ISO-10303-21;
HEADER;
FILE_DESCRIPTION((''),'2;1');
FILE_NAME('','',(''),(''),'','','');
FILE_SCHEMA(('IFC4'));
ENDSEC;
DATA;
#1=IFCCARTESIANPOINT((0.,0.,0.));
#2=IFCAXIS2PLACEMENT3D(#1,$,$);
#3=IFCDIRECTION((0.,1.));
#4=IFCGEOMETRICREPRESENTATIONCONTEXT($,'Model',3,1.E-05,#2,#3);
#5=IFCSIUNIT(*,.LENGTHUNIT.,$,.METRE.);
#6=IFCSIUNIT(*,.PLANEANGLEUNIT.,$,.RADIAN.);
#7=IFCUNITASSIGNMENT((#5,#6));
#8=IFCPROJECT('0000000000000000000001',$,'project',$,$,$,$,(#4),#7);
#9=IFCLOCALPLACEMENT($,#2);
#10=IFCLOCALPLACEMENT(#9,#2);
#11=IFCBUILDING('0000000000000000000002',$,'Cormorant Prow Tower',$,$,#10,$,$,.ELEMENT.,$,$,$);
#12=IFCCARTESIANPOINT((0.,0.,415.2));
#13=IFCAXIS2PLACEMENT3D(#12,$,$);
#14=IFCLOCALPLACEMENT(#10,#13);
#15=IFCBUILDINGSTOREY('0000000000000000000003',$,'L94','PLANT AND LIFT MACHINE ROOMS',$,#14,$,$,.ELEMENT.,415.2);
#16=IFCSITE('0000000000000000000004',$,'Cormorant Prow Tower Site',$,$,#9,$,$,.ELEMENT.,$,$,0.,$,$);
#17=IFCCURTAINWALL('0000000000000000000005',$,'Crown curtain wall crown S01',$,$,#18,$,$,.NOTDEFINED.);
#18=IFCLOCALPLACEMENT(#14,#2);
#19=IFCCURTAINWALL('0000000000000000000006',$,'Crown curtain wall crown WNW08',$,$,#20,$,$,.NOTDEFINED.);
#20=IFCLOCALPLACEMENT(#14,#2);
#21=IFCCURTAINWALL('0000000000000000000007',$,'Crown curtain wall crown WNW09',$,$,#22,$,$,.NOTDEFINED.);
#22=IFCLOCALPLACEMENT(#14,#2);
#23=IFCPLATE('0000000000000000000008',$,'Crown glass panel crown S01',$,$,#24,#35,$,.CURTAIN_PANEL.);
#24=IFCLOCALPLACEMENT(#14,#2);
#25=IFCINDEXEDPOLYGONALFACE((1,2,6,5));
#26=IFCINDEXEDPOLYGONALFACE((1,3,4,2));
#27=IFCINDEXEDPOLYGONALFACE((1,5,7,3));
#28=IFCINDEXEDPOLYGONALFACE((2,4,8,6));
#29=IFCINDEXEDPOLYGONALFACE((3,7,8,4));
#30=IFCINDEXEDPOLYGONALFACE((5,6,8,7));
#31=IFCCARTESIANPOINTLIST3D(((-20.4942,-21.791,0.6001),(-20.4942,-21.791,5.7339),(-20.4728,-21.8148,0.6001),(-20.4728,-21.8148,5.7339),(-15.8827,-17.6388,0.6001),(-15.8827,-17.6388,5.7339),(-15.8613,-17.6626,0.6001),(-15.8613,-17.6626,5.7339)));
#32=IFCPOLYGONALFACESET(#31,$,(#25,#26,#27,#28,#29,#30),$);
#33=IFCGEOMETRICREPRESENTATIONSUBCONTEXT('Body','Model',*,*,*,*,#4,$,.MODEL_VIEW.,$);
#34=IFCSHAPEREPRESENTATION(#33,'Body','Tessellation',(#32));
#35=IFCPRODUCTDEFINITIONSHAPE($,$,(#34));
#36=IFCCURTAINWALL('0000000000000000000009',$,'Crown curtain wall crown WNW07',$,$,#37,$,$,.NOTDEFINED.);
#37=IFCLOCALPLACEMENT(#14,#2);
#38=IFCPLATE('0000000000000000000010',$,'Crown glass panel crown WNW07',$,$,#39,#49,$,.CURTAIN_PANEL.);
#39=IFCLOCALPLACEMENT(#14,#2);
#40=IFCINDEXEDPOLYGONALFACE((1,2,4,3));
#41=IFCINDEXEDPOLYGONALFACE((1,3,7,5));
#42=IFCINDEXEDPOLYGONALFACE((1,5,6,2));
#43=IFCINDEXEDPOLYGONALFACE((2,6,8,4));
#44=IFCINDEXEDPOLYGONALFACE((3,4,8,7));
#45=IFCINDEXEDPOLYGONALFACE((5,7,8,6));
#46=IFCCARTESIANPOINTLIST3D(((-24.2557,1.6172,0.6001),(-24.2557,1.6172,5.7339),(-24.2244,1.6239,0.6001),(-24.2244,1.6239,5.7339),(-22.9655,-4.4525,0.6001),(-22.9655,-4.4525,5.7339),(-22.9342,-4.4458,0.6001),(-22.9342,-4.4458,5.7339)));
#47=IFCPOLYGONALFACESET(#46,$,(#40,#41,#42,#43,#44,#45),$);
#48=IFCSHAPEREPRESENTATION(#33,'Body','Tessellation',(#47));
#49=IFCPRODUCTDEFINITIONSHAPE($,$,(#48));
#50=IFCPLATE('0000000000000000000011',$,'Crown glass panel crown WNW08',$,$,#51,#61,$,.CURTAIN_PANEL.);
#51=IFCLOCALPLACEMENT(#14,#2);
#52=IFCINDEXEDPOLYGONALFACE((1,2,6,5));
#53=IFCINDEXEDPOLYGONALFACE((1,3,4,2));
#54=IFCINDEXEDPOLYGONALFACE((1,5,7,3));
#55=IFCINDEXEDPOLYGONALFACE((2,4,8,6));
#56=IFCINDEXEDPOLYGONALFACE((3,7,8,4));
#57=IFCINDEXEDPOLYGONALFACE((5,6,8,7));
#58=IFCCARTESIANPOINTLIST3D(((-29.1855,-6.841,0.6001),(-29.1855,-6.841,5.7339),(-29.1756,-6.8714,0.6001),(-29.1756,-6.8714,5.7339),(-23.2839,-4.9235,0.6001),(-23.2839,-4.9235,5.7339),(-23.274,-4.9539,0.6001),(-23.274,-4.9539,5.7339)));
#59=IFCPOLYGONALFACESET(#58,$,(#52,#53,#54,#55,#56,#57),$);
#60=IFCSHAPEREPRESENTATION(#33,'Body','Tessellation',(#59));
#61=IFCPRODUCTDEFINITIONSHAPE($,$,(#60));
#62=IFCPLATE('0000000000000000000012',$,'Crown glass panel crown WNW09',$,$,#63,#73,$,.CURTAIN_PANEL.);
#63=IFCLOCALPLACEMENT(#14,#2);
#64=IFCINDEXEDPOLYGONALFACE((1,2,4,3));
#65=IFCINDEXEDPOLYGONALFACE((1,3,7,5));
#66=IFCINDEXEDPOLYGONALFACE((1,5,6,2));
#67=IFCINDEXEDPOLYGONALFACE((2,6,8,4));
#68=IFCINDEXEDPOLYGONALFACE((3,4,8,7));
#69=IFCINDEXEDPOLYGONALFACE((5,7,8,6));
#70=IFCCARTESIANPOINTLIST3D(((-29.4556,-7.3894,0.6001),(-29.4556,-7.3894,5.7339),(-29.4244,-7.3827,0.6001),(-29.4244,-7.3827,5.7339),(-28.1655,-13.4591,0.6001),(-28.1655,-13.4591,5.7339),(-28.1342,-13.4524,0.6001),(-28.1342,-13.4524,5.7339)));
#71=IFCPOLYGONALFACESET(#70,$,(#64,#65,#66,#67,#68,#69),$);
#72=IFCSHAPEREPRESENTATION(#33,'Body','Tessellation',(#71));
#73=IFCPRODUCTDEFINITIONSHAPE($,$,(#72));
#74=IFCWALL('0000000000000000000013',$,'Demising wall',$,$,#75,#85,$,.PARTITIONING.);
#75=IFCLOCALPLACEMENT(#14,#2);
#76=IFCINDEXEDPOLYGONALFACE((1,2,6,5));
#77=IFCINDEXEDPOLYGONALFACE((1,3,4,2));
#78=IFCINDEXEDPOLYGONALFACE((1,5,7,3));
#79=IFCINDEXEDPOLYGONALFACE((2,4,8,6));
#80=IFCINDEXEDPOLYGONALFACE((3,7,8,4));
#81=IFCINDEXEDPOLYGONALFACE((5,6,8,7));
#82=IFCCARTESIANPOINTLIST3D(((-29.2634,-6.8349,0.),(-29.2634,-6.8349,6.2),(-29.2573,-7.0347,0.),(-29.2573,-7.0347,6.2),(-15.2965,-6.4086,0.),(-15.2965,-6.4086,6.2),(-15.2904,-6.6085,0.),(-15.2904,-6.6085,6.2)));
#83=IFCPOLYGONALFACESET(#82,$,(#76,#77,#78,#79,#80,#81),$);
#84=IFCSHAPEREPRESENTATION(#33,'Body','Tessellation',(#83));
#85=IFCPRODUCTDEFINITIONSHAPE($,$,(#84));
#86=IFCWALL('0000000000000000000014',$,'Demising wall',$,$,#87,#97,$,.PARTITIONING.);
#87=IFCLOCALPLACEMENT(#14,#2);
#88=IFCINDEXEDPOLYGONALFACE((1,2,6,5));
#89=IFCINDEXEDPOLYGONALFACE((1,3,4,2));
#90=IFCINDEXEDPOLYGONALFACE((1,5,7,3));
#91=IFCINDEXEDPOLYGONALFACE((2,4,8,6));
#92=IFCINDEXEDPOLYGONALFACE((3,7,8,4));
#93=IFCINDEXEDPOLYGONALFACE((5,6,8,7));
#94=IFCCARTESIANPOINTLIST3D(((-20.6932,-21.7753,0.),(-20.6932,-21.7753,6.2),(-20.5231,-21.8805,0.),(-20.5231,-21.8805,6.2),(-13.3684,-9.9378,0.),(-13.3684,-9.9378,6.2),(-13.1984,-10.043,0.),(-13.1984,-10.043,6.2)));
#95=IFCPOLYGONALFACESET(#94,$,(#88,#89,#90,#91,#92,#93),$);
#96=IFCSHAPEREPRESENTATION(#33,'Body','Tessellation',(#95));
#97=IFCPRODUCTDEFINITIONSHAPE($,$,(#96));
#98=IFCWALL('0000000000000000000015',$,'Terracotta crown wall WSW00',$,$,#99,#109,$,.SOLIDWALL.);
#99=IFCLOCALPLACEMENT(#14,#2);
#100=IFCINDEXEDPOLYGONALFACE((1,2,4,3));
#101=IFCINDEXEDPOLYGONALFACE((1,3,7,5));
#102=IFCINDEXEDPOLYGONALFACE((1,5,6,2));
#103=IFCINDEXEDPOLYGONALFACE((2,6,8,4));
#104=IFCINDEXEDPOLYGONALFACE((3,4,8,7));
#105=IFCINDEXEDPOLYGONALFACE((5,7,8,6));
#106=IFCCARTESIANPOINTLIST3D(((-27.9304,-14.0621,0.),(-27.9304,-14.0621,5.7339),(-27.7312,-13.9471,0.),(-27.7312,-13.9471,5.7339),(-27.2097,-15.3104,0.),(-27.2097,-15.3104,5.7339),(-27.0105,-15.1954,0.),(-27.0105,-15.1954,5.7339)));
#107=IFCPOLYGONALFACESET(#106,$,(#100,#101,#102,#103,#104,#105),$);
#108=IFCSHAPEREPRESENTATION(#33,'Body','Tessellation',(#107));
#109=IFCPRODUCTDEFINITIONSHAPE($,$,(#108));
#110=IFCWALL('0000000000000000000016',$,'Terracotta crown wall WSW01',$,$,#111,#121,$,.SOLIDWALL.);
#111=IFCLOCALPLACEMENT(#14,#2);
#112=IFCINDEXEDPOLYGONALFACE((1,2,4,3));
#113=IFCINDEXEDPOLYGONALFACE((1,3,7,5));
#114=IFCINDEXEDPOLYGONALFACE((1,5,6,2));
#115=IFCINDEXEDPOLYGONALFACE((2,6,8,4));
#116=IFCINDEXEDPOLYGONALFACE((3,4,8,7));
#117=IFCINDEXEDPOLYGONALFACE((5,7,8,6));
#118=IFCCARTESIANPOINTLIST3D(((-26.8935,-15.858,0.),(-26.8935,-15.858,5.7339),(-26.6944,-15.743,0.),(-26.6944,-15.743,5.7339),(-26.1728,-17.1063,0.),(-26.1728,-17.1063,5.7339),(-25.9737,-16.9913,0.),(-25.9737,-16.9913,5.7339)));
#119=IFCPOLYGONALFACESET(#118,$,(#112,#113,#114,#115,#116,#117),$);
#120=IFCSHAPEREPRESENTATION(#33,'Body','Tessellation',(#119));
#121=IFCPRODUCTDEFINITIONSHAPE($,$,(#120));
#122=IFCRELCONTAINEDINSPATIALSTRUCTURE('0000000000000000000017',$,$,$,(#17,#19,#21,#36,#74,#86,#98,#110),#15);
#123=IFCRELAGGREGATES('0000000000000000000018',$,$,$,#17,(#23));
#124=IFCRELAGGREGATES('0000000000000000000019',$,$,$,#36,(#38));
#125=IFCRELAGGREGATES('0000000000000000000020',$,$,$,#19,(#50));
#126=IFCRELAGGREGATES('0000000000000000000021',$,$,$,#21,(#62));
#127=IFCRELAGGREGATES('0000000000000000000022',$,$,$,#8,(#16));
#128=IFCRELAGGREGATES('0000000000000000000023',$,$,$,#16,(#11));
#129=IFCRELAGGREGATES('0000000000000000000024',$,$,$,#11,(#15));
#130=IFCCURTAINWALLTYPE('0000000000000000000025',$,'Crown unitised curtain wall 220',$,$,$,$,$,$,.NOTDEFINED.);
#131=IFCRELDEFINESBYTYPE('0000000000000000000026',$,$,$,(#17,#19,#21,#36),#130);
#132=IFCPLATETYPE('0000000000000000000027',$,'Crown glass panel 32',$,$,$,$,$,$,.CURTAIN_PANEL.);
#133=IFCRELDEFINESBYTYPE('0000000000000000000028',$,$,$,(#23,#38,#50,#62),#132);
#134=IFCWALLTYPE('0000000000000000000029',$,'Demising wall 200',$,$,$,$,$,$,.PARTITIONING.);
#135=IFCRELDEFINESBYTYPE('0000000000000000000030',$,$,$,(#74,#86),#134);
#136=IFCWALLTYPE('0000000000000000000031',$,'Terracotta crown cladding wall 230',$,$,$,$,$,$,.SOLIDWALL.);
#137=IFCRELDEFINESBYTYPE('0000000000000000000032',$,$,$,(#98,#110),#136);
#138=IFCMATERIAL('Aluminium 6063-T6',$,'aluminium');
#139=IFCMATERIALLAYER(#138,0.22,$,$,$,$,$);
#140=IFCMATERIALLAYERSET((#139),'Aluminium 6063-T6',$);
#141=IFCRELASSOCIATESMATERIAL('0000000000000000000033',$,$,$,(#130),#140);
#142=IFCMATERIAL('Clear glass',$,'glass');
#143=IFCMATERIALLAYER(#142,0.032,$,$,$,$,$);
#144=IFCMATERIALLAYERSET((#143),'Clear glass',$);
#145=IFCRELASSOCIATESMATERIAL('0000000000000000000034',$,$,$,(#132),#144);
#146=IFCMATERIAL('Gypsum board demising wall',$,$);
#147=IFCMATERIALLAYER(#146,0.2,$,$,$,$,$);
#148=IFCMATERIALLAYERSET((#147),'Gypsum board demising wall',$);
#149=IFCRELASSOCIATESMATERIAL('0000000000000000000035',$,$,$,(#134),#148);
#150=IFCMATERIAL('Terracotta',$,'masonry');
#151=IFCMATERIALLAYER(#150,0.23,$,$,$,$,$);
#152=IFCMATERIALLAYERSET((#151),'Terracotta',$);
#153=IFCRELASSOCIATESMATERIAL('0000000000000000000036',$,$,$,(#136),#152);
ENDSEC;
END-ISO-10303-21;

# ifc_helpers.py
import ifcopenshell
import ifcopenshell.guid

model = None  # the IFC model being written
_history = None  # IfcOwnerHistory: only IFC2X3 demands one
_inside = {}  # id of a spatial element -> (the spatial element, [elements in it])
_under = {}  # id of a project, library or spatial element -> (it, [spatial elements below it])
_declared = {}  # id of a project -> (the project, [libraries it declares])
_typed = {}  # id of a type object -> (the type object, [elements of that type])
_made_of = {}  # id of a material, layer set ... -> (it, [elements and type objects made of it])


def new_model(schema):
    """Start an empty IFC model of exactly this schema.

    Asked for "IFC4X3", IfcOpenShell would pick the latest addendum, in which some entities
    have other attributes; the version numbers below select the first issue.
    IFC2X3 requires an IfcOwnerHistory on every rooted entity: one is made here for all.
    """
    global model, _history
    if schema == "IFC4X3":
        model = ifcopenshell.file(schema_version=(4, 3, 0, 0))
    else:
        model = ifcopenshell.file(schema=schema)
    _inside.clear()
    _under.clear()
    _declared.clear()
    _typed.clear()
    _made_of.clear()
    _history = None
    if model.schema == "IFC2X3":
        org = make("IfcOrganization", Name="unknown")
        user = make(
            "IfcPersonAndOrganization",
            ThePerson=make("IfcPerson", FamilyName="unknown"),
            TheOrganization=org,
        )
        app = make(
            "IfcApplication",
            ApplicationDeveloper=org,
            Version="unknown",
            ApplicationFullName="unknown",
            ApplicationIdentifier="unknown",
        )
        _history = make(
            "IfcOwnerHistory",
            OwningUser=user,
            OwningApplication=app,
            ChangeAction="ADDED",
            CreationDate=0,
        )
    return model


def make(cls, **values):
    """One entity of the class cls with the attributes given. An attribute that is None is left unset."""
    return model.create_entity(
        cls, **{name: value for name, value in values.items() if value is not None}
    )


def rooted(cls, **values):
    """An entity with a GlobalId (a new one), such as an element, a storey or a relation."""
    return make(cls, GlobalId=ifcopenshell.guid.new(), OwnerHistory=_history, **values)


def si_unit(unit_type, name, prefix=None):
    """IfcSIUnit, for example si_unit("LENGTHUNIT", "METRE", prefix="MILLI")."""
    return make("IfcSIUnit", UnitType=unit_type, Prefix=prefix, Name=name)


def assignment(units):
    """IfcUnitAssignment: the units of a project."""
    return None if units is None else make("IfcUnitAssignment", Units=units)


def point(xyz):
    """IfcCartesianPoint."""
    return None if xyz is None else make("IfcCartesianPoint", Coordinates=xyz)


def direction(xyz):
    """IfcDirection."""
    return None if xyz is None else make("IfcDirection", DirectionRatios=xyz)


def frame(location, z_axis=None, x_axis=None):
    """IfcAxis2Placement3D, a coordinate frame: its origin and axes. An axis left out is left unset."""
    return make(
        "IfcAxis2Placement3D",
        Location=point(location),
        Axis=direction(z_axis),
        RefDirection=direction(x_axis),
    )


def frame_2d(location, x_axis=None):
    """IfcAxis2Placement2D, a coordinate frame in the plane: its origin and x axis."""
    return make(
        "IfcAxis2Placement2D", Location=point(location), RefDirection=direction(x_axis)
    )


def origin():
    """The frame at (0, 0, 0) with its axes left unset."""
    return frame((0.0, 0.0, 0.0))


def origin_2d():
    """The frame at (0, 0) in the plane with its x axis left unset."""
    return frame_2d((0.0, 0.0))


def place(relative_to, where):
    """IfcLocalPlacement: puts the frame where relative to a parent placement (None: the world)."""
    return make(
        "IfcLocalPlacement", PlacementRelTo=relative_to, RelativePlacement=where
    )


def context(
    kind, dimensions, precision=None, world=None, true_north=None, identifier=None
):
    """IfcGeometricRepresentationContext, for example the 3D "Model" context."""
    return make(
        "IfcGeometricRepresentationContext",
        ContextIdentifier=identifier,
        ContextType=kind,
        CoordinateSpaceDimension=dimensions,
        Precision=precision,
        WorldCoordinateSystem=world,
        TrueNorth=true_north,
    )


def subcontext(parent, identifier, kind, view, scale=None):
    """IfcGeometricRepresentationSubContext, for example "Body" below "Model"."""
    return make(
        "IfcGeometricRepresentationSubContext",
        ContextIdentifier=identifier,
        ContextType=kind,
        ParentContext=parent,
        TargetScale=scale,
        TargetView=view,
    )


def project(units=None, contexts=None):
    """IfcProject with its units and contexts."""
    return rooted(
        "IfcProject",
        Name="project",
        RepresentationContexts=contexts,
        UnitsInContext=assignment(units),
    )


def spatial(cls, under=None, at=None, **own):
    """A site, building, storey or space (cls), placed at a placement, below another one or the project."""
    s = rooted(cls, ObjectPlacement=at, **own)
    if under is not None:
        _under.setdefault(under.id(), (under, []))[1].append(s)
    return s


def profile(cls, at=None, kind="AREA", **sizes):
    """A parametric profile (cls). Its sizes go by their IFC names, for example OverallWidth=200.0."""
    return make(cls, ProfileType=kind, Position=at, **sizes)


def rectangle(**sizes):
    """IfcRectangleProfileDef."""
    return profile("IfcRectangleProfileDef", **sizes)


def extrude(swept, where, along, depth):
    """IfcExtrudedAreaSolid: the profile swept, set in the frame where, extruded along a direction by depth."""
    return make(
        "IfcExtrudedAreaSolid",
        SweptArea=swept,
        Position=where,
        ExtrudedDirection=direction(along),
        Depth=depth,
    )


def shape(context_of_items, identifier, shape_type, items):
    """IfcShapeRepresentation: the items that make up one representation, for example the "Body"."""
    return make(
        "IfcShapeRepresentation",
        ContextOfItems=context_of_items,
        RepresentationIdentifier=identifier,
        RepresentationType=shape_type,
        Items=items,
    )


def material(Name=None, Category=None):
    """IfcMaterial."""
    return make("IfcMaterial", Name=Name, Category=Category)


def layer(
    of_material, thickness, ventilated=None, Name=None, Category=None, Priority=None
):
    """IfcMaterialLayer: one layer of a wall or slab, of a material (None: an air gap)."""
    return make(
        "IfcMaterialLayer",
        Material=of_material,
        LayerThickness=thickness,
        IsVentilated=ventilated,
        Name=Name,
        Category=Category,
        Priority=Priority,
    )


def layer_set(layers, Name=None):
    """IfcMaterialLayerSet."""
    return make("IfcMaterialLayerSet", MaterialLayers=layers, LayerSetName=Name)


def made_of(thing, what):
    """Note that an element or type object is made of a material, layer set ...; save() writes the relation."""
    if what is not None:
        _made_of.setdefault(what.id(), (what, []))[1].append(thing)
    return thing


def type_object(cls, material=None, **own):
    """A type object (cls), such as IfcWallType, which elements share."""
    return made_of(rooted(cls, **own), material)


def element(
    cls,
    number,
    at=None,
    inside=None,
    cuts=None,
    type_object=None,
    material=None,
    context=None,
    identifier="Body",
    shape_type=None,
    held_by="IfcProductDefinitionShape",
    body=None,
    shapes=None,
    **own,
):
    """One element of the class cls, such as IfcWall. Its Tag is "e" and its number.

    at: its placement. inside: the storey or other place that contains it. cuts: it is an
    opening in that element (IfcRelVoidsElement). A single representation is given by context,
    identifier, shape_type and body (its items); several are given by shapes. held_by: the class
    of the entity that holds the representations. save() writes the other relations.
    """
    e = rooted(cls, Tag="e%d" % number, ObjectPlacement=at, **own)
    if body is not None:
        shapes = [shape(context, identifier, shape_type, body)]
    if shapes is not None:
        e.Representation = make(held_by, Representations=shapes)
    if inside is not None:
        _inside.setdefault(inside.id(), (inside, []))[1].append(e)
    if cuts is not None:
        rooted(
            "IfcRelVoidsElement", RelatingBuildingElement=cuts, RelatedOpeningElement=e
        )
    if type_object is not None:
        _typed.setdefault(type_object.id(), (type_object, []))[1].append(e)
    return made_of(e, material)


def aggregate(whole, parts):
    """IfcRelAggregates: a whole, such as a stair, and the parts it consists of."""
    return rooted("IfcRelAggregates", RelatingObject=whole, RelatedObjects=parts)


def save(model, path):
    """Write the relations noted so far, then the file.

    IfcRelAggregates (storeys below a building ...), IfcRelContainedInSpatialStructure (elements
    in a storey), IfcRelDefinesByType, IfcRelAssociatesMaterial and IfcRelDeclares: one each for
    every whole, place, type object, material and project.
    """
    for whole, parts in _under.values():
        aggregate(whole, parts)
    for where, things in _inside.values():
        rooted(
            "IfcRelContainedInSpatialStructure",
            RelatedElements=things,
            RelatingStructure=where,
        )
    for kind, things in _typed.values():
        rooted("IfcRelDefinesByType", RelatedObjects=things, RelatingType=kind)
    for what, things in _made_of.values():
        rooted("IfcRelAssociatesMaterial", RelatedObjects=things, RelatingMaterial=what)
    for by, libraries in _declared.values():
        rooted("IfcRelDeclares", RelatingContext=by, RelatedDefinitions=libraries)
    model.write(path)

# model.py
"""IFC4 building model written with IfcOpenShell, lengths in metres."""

from ifc_helpers import new_model, si_unit, direction, frame, frame_2d, origin, origin_2d, place, context, subcontext, project, spatial, rectangle, extrude, material, layer, layer_set, type_object, element, aggregate, save


model = new_model("IFC4")

# Units and contexts
model_context = context("Model", 3, precision=1e-05, world=origin(), true_north=direction((0.0, 1.0)))
body_context = subcontext(model_context, "Body", "Model", "MODEL_VIEW")
ifc_project = project(units=[si_unit("LENGTHUNIT", "METRE"), si_unit("PLANEANGLEUNIT", "RADIAN")], contexts=[model_context])

# Site, building, storey
site_placement = place(None, origin())
site = spatial("IfcSite", under=ifc_project, at=site_placement, Name="Cormorant Prow Tower Site", CompositionType="ELEMENT", RefElevation=0.0)
building_placement = place(site_placement, origin())
building = spatial("IfcBuilding", under=site, at=building_placement, Name="Cormorant Prow Tower", CompositionType="ELEMENT")
storey_placement = place(building_placement, frame((0.0, 0.0, 415.2)))
storey = spatial("IfcBuildingStorey", under=building, at=storey_placement, Name="L94", Description="PLANT AND LIFT MACHINE ROOMS", CompositionType="ELEMENT", Elevation=415.2)

# Curtain walls
ifc_material_1 = material(Name="Aluminium 6063-T6", Category="aluminium")
ifc_layer_1 = layer(ifc_material_1, 0.22)
ifc_layer_set_1 = layer_set([ifc_layer_1], Name="Aluminium 6063-T6")
curtain_wall_type = type_object("IfcCurtainWallType", Name="Crown unitised curtain wall 220", PredefinedType="NOTDEFINED", material=ifc_layer_set_1)
curtain_wall_1_placement = place(storey_placement, origin())
curtain_wall_1 = element("IfcCurtainWall", 1, at=curtain_wall_1_placement, inside=storey, type_object=curtain_wall_type, Name="Crown curtain wall crown S01", PredefinedType="NOTDEFINED")
curtain_wall_2_placement = place(storey_placement, origin())
curtain_wall_2 = element("IfcCurtainWall", 2, at=curtain_wall_2_placement, inside=storey, type_object=curtain_wall_type, Name="Crown curtain wall crown WNW08", PredefinedType="NOTDEFINED")
curtain_wall_3_placement = place(storey_placement, origin())
curtain_wall_3 = element("IfcCurtainWall", 3, at=curtain_wall_3_placement, inside=storey, type_object=curtain_wall_type, Name="Crown curtain wall crown WNW09", PredefinedType="NOTDEFINED")

# Plate
ifc_material_2 = material(Name="Clear glass", Category="glass")
ifc_layer_2 = layer(ifc_material_2, 0.032)
ifc_layer_set_2 = layer_set([ifc_layer_2], Name="Clear glass")
plate_type = type_object("IfcPlateType", Name="Crown glass panel 32", PredefinedType="CURTAIN_PANEL", material=ifc_layer_set_2)
plate_1_placement = place(storey_placement, frame((-18.1777, -19.7268, 0.6001), z_axis=(0.0, 0.0, 1.0), x_axis=(0.743145, 0.669131, 0.0)))
plate_1 = element("IfcPlate", 4, at=plate_1_placement, type_object=plate_type, Name="Crown glass panel crown S01", PredefinedType="CURTAIN_PANEL", context=body_context, shape_type="SweptSolid", body=[
    extrude(rectangle(XDim=6.2053, YDim=0.032, at=origin_2d()), origin(), (0.0, 0.0, 1.0), 5.1338),
])
aggregate(curtain_wall_1, [plate_1])

# Curtain wall, plate
curtain_wall_4_placement = place(storey_placement, origin())
curtain_wall_4 = element("IfcCurtainWall", 5, at=curtain_wall_4_placement, inside=storey, type_object=curtain_wall_type, Name="Crown curtain wall crown WNW07", PredefinedType="NOTDEFINED")
plate_2_placement = place(storey_placement, frame((-23.595, -1.4143, 0.6001), z_axis=(0.0, 0.0, 1.0), x_axis=(0.207912, -0.978148, 0.0)))
plate_2 = element("IfcPlate", 6, at=plate_2_placement, type_object=plate_type, Name="Crown glass panel crown WNW07", PredefinedType="CURTAIN_PANEL", context=body_context, shape_type="SweptSolid", body=[
    extrude(rectangle(XDim=6.2053, YDim=0.032, at=origin_2d()), origin(), (0.0, 0.0, 1.0), 5.1338),
])
aggregate(curtain_wall_4, [plate_2])

# Plates
plate_3_placement = place(storey_placement, frame((-26.2297, -5.8975, 0.6001), z_axis=(0.0, 0.0, 1.0), x_axis=(-0.951057, -0.309017, 0.0)))
plate_3 = element("IfcPlate", 7, at=plate_3_placement, type_object=plate_type, Name="Crown glass panel crown WNW08", PredefinedType="CURTAIN_PANEL", context=body_context, shape_type="SweptSolid", body=[
    extrude(rectangle(XDim=6.2053, YDim=0.032, at=origin_2d()), origin(), (0.0, 0.0, 1.0), 5.1338),
])
aggregate(curtain_wall_2, [plate_3])
plate_4_placement = place(storey_placement, frame((-28.7949, -10.4209, 0.6001), z_axis=(0.0, 0.0, 1.0), x_axis=(0.207912, -0.978148, 0.0)))
plate_4 = element("IfcPlate", 8, at=plate_4_placement, type_object=plate_type, Name="Crown glass panel crown WNW09", PredefinedType="CURTAIN_PANEL", context=body_context, shape_type="SweptSolid", body=[
    extrude(rectangle(XDim=6.2053, YDim=0.032, at=origin_2d()), origin(), (0.0, 0.0, 1.0), 5.1338),
])
aggregate(curtain_wall_3, [plate_4])

# Walls
ifc_material_3 = material(Name="Gypsum board demising wall")
ifc_layer_3 = layer(ifc_material_3, 0.2)
ifc_layer_set_3 = layer_set([ifc_layer_3], Name="Gypsum board demising wall")
wall_type_1 = type_object("IfcWallType", Name="Demising wall 200", PredefinedType="PARTITIONING", material=ifc_layer_set_3)
wall_1_placement = place(storey_placement, frame((-29.2605, -6.9348, 0.0), z_axis=(0.0, 0.0, 1.0), x_axis=(0.999535, 0.030506, 0.0)))
element("IfcWall", 9, at=wall_1_placement, inside=storey, type_object=wall_type_1, Name="Demising wall", PredefinedType="PARTITIONING", context=body_context, shape_type="SweptSolid", body=[
    extrude(rectangle(XDim=13.9734, YDim=0.2, at=frame_2d((6.9868, 0.0))), origin(), (0.0, 0.0, 1.0), 6.2),
])
wall_2_placement = place(storey_placement, frame((-20.6082, -21.8279, 0.0), z_axis=(0.0, 0.0, 1.0), x_axis=(0.526188, 0.850368, 0.0)))
element("IfcWall", 10, at=wall_2_placement, inside=storey, type_object=wall_type_1, Name="Demising wall", PredefinedType="PARTITIONING", context=body_context, shape_type="SweptSolid", body=[
    extrude(rectangle(XDim=13.9204, YDim=0.2, at=frame_2d((6.9602, 0.0))), origin(), (0.0, 0.0, 1.0), 6.2),
])
ifc_material_4 = material(Name="Terracotta", Category="masonry")
ifc_layer_4 = layer(ifc_material_4, 0.23)
ifc_layer_set_4 = layer_set([ifc_layer_4], Name="Terracotta")
wall_type_2 = type_object("IfcWallType", Name="Terracotta crown cladding wall 230", PredefinedType="SOLIDWALL", material=ifc_layer_set_4)
for number, where, z_axis, x_axis, name in (
    (11, (-27.8308, -14.0046, 0.0), (0.0, 0.0, 1.0), (0.500001, -0.866025, 0.0), "Terracotta crown wall WSW00"),
    (12, (-26.7939, -15.8005, 0.0), (0.0, 0.0, 1.0), (0.500001, -0.866025, 0.0), "Terracotta crown wall WSW01"),
):
    element("IfcWall", number, at=place(storey_placement, frame(where, z_axis=z_axis, x_axis=x_axis)), inside=storey, type_object=wall_type_2, Name=name, PredefinedType="SOLIDWALL", context=body_context, shape_type="SweptSolid", body=[
        extrude(rectangle(XDim=1.4414, YDim=0.23, at=frame_2d((0.7207, 0.0))), origin(), (0.0, 0.0, 1.0), 5.7339),
    ])

save(model, "model.ifc")
